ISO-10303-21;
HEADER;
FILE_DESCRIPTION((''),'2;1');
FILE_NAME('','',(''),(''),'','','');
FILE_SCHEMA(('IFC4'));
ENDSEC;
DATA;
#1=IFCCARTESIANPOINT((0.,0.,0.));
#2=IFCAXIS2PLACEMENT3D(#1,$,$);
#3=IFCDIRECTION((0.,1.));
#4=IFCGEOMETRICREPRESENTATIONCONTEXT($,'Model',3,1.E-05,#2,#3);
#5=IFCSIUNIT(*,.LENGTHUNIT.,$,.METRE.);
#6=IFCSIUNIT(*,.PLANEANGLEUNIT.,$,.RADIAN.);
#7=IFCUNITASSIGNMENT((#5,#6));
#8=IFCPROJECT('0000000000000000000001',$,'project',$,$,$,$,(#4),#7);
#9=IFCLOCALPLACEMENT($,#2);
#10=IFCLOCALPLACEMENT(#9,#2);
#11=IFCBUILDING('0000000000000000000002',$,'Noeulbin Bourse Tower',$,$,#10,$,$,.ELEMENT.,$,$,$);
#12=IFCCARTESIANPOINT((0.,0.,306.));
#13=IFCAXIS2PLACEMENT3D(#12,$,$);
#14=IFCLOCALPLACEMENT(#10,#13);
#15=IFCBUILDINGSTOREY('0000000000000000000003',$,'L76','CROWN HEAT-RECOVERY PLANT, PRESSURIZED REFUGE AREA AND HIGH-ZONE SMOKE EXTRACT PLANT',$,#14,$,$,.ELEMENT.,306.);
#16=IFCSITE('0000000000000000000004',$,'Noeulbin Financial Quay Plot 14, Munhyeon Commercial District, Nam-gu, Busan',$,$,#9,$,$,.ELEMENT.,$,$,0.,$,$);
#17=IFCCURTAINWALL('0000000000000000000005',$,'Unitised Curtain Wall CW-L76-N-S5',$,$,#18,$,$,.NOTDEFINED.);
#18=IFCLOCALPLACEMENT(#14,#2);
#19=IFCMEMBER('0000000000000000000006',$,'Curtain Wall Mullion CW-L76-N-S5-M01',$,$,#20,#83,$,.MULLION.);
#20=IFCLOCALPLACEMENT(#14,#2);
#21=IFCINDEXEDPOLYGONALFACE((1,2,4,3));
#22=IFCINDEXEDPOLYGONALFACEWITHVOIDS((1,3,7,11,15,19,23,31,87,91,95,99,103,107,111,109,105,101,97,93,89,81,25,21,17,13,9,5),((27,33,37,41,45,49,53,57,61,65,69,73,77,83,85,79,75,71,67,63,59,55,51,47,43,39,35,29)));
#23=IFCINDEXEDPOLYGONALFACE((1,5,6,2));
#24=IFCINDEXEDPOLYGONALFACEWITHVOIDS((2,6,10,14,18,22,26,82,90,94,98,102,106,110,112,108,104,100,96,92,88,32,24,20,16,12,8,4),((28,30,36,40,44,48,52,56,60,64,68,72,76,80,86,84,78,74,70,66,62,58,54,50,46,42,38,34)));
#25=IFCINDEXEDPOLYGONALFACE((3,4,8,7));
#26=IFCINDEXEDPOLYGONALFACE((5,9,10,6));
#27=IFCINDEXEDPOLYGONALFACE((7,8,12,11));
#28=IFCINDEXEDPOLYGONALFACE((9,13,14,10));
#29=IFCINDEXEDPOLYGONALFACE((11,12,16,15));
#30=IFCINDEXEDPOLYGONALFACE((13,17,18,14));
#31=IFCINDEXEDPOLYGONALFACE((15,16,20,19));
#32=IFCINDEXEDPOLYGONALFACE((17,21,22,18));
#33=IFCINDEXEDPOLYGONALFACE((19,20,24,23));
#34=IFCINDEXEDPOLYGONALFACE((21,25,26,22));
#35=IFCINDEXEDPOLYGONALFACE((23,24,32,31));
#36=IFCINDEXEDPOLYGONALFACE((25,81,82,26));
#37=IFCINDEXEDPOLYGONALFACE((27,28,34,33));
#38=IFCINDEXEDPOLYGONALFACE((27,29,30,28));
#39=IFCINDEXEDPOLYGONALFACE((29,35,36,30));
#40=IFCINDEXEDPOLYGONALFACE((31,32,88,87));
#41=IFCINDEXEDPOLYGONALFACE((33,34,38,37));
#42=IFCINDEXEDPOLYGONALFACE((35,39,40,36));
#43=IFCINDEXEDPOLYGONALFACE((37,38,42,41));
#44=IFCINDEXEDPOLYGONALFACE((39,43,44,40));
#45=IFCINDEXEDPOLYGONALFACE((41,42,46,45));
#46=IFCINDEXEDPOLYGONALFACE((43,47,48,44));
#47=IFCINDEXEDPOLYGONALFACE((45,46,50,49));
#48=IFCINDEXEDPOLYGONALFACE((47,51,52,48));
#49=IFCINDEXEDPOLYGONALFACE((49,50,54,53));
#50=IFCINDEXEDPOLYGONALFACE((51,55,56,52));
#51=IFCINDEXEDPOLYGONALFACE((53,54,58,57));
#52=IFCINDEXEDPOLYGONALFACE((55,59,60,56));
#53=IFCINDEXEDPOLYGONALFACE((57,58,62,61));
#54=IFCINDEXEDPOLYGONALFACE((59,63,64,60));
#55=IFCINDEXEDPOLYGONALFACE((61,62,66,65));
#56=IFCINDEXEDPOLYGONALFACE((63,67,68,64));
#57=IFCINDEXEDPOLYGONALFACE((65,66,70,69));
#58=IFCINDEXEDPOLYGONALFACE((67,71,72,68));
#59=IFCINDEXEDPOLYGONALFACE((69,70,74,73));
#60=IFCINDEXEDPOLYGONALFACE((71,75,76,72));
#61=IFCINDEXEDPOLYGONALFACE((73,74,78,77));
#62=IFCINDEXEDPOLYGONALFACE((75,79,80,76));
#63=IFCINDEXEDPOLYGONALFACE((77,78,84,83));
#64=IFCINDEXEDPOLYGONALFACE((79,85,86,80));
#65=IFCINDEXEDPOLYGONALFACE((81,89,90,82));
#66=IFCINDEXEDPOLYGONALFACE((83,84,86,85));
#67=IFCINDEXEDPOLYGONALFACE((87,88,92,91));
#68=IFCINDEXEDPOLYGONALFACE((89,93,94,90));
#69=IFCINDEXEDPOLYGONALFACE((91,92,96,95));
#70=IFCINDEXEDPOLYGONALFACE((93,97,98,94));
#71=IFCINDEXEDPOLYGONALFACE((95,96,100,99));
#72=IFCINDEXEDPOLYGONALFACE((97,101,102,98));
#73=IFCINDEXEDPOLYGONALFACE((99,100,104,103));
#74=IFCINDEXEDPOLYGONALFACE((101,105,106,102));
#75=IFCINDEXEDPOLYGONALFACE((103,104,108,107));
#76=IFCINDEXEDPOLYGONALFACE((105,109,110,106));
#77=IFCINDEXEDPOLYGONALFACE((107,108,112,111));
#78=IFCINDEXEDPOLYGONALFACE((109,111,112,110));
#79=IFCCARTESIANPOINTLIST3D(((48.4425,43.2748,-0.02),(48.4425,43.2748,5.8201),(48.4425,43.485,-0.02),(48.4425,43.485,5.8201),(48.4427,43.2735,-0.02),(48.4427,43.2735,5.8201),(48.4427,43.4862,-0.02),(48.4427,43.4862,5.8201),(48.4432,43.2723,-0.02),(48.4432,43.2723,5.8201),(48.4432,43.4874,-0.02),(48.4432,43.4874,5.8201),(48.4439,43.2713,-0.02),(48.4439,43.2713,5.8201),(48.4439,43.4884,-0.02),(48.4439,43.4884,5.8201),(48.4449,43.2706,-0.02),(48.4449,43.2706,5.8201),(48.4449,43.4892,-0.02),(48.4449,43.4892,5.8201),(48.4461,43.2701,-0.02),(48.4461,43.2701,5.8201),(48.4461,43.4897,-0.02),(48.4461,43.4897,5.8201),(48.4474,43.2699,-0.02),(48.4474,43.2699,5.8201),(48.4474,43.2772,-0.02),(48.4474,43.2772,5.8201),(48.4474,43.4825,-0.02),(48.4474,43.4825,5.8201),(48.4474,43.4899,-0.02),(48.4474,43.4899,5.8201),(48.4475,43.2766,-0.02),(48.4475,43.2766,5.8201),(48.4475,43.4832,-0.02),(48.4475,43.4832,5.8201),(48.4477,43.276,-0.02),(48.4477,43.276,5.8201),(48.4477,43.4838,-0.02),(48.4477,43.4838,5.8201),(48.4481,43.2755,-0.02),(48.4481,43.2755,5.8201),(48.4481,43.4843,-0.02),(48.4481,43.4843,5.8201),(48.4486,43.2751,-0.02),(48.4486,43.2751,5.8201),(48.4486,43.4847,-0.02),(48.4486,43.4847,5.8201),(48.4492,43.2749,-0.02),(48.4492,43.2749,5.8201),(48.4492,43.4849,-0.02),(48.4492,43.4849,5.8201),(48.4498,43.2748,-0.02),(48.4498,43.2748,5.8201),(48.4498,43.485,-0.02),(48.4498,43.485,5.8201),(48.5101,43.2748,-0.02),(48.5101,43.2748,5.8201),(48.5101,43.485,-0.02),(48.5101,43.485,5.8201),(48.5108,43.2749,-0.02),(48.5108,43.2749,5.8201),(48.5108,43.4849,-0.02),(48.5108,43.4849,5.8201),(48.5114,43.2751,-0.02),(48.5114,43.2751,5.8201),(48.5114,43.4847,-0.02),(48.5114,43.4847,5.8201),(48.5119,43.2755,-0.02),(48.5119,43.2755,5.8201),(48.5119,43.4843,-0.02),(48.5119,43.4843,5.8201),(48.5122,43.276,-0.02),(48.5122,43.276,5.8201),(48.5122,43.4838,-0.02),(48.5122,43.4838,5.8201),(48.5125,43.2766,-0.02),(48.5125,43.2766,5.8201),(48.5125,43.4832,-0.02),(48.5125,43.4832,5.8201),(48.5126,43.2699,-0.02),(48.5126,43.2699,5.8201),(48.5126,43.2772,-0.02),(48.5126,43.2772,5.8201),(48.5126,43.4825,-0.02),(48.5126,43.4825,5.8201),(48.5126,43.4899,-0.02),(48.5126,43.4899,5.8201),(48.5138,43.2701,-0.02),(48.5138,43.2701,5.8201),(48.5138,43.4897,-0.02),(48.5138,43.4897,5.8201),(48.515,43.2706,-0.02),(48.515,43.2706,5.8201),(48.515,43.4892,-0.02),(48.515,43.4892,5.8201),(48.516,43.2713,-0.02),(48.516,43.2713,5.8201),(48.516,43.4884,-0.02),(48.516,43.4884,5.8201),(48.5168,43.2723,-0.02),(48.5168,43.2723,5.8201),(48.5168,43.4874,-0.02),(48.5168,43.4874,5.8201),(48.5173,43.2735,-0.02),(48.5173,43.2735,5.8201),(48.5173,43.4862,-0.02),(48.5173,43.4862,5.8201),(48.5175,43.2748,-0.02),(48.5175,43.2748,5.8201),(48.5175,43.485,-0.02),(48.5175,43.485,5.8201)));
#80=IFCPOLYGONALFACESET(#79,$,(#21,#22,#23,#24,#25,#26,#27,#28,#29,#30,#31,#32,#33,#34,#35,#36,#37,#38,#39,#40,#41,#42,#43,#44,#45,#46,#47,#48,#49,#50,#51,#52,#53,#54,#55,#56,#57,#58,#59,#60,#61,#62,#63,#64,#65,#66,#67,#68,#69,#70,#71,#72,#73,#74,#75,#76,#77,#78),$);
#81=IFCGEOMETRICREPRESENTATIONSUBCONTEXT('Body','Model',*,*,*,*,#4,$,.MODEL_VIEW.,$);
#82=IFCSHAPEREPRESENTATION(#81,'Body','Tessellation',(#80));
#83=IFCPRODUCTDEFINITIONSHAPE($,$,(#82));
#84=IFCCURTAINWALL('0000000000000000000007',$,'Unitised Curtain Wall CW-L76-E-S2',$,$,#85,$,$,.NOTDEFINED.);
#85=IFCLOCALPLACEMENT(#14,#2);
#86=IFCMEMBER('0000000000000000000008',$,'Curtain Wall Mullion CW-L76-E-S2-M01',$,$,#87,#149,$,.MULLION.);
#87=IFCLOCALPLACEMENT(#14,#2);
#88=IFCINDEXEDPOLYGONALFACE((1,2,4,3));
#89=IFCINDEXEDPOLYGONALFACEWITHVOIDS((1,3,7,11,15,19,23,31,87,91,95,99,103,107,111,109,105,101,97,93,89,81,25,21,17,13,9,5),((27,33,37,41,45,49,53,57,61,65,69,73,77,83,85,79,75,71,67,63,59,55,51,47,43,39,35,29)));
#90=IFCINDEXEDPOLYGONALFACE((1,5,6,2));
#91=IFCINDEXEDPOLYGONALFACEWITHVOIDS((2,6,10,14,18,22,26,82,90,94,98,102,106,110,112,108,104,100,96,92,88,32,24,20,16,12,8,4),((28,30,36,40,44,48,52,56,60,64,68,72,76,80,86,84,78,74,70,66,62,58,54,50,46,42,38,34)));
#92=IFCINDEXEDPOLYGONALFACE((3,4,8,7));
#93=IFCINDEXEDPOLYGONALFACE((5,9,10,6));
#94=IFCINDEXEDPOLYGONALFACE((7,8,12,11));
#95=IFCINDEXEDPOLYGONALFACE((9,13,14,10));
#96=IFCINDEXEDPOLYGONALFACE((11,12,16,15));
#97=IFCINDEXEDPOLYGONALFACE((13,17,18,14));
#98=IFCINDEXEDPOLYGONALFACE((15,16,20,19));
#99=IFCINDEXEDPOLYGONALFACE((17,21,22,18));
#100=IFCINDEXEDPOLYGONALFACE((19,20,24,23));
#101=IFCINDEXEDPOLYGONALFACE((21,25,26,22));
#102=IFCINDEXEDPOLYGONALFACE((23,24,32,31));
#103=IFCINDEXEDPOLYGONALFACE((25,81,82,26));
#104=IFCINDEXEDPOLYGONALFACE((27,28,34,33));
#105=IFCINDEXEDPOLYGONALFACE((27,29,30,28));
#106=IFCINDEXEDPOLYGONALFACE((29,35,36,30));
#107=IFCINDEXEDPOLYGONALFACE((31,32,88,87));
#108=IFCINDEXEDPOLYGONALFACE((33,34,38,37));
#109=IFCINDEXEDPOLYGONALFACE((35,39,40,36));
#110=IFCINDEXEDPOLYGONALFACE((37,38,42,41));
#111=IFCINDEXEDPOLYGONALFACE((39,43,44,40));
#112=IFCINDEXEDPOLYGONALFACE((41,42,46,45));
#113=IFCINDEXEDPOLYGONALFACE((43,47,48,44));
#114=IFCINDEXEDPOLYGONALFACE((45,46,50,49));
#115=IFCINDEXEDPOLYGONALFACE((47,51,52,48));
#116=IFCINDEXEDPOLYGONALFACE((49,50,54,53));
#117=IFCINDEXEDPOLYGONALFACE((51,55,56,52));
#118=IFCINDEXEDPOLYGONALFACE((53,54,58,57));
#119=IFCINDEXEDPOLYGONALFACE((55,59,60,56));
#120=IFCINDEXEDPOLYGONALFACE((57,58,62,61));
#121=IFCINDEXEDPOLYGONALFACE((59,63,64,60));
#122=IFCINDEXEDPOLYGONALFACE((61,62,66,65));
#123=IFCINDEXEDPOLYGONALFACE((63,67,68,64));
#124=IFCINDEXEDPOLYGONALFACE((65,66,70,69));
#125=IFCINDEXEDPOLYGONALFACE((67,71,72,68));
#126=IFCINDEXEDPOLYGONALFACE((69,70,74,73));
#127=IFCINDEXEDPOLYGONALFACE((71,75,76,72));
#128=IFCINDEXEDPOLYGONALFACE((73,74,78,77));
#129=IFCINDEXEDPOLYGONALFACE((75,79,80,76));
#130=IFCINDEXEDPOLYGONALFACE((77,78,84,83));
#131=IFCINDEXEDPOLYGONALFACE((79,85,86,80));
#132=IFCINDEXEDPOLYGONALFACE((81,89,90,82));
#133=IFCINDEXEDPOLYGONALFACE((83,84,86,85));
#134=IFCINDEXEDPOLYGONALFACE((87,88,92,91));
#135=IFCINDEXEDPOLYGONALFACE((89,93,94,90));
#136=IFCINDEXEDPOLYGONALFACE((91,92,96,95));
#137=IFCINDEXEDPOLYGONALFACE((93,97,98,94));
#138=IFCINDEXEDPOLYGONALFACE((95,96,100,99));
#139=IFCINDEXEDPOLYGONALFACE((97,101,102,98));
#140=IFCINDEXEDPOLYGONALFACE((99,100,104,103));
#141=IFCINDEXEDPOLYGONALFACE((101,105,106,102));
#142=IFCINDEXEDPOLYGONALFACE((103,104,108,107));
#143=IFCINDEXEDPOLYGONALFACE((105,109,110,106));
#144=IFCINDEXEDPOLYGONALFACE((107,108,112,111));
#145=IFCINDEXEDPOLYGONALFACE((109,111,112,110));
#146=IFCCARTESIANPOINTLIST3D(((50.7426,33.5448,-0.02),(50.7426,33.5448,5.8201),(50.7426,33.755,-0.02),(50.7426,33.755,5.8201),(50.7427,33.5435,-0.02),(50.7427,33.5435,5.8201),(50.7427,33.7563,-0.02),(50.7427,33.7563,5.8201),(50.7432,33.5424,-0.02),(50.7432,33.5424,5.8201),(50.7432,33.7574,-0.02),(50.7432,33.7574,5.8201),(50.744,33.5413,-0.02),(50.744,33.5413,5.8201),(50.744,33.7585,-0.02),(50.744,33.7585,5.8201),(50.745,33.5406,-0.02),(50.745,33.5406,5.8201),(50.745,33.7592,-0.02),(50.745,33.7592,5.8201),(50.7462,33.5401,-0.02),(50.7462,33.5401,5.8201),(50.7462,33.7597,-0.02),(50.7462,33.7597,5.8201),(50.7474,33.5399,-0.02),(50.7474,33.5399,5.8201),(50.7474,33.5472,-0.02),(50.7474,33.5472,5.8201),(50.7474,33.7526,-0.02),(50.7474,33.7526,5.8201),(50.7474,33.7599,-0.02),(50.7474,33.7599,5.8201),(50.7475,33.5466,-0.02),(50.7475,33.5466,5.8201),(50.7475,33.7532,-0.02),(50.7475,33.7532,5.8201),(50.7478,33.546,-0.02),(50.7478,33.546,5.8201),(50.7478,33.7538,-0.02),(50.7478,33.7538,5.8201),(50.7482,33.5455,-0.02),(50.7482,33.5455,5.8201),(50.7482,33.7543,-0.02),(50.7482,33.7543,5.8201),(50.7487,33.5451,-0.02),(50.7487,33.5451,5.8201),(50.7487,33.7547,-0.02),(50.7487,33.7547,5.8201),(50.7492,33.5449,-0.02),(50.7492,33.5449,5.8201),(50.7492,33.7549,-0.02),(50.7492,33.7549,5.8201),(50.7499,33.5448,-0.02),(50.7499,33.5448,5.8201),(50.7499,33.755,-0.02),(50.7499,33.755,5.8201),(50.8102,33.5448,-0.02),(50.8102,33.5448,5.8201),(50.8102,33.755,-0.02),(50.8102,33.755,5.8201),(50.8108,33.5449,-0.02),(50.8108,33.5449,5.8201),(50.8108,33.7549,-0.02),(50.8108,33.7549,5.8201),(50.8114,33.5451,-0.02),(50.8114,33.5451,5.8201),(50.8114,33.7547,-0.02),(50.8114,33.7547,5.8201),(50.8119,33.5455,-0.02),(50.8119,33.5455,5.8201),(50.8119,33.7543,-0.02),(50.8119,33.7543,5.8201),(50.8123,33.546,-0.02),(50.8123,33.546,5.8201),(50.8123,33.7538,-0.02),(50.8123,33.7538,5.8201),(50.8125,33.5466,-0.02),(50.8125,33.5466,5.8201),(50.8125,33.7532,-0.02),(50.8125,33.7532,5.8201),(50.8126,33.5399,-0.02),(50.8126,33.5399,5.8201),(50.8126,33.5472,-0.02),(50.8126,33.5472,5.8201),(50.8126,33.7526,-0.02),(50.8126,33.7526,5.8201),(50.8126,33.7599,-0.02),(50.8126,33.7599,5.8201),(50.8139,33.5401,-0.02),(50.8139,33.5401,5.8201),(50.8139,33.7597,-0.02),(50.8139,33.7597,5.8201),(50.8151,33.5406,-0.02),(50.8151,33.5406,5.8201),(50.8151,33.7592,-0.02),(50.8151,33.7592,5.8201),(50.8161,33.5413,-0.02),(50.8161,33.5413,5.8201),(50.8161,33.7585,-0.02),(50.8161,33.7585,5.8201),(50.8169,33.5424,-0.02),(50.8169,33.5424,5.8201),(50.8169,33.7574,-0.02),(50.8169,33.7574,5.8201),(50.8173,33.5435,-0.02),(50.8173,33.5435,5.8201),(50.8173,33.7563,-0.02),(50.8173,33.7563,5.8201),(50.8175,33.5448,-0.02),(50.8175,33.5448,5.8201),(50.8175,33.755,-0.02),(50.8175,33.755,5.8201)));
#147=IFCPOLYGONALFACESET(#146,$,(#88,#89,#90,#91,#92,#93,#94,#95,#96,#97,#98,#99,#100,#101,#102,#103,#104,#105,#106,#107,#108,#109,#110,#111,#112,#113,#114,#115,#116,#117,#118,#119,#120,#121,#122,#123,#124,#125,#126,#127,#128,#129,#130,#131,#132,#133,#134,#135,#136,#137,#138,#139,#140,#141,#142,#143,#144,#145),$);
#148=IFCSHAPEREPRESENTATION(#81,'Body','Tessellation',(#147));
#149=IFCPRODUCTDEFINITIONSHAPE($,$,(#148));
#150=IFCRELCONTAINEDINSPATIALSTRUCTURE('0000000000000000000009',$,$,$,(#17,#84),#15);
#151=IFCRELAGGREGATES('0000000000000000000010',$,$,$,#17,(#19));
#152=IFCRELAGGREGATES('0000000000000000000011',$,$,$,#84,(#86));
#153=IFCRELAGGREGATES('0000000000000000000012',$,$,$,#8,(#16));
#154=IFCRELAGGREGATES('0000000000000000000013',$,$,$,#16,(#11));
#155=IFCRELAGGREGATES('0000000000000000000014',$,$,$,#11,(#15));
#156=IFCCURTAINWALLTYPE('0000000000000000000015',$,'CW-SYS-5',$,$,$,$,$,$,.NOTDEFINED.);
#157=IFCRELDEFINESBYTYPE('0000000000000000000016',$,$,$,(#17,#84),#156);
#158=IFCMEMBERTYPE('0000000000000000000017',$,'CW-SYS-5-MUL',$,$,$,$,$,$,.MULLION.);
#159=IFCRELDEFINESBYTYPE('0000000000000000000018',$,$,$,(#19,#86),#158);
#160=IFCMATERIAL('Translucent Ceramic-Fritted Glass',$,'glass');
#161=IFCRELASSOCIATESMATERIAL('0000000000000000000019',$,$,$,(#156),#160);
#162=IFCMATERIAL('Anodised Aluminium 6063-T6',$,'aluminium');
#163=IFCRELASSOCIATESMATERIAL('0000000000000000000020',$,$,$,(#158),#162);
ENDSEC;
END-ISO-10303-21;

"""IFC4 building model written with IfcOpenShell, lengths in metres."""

from ifc_helpers import new_model, si_unit, direction, frame, origin, origin_2d, place, context, subcontext, project, spatial, hollow_rectangle, extrude, material, material_profile, profile_set, type_object, element, aggregate, save


model = new_model("IFC4")

# Units and contexts
model_context = context("Model", 3, precision=1e-05, world=origin(), true_north=direction((0.0, 1.0)))
body_context = subcontext(model_context, "Body", "Model", "MODEL_VIEW")
ifc_project = project(units=[si_unit("LENGTHUNIT", "METRE"), si_unit("PLANEANGLEUNIT", "RADIAN")], contexts=[model_context])

# Site, building, storey
site_placement = place(None, origin())
site = spatial("IfcSite", under=ifc_project, at=site_placement, Name="Noeulbin Financial Quay Plot 14, Munhyeon Commercial District, Nam-gu, Busan", CompositionType="ELEMENT", RefElevation=0.0)
building_placement = place(site_placement, origin())
building = spatial("IfcBuilding", under=site, at=building_placement, Name="Noeulbin Bourse Tower", CompositionType="ELEMENT")
storey_placement = place(building_placement, frame((0.0, 0.0, 306.0)))
storey = spatial("IfcBuildingStorey", under=building, at=storey_placement, Name="L76", Description="CROWN HEAT-RECOVERY PLANT, PRESSURIZED REFUGE AREA AND HIGH-ZONE SMOKE EXTRACT PLANT", CompositionType="ELEMENT", Elevation=306.0)

# Shared definitions
ifc_material_1 = material(Name="Translucent Ceramic-Fritted Glass", Category="glass")
curtain_wall_type = type_object("IfcCurtainWallType", Name="CW-SYS-5", PredefinedType="NOTDEFINED", material=ifc_material_1)
ifc_material_2 = material(Name="Anodised Aluminium 6063-T6", Category="aluminium")
ifc_material_profile_1 = material_profile(ifc_material_2, hollow_rectangle(XDim=0.075, YDim=0.22, WallThickness=0.0049, InnerFilletRadius=0.0024, OuterFilletRadius=0.0049, at=origin_2d()), Name="ALU-MULL-75x220x5", Category="LoadBearing")
ifc_profile_set_1 = profile_set([ifc_material_profile_1], Name="Anodised Aluminium 6063-T6")
member_type_1 = type_object("IfcMemberType", Name="CW-SYS-5-MUL", PredefinedType="MULLION", material=ifc_profile_set_1)

# Curtain walls, members
curtain_wall_1_placement = place(storey_placement, origin())
curtain_wall_1 = element("IfcCurtainWall", 1, at=curtain_wall_1_placement, inside=storey, type_object=curtain_wall_type, Name="Unitised Curtain Wall CW-L76-N-S5", PredefinedType="NOTDEFINED")
member_1_placement = place(storey_placement, frame((48.48, 43.3799, -0.02), z_axis=(0.0, 0.0, 1.0), x_axis=(1.0, 0.0, 0.0)))
member_1 = element("IfcMember", 2, at=member_1_placement, type_object=member_type_1, Name="Curtain Wall Mullion CW-L76-N-S5-M01", PredefinedType="MULLION", context=body_context, shape_type="SweptSolid", body=[
    extrude(hollow_rectangle(XDim=0.075, YDim=0.22, WallThickness=0.0049, InnerFilletRadius=0.0024, OuterFilletRadius=0.0049, at=origin_2d()), origin(), (0.0, 0.0, 1.0), 5.8401),
])
curtain_wall_2_placement = place(storey_placement, origin())
curtain_wall_2 = element("IfcCurtainWall", 3, at=curtain_wall_2_placement, inside=storey, type_object=curtain_wall_type, Name="Unitised Curtain Wall CW-L76-E-S2", PredefinedType="NOTDEFINED")
member_2_placement = place(storey_placement, frame((50.78, 33.6499, -0.02), z_axis=(0.0, 0.0, 1.0), x_axis=(1.0, 0.0, 0.0)))
member_2 = element("IfcMember", 4, at=member_2_placement, type_object=member_type_1, Name="Curtain Wall Mullion CW-L76-E-S2-M01", PredefinedType="MULLION", context=body_context, shape_type="SweptSolid", body=[
    extrude(hollow_rectangle(XDim=0.075, YDim=0.22, WallThickness=0.0049, InnerFilletRadius=0.0024, OuterFilletRadius=0.0049, at=origin_2d()), origin(), (0.0, 0.0, 1.0), 5.8401),
])

aggregate(curtain_wall_1, [member_1])
aggregate(curtain_wall_2, [member_2])

save(model, "model.ifc")
